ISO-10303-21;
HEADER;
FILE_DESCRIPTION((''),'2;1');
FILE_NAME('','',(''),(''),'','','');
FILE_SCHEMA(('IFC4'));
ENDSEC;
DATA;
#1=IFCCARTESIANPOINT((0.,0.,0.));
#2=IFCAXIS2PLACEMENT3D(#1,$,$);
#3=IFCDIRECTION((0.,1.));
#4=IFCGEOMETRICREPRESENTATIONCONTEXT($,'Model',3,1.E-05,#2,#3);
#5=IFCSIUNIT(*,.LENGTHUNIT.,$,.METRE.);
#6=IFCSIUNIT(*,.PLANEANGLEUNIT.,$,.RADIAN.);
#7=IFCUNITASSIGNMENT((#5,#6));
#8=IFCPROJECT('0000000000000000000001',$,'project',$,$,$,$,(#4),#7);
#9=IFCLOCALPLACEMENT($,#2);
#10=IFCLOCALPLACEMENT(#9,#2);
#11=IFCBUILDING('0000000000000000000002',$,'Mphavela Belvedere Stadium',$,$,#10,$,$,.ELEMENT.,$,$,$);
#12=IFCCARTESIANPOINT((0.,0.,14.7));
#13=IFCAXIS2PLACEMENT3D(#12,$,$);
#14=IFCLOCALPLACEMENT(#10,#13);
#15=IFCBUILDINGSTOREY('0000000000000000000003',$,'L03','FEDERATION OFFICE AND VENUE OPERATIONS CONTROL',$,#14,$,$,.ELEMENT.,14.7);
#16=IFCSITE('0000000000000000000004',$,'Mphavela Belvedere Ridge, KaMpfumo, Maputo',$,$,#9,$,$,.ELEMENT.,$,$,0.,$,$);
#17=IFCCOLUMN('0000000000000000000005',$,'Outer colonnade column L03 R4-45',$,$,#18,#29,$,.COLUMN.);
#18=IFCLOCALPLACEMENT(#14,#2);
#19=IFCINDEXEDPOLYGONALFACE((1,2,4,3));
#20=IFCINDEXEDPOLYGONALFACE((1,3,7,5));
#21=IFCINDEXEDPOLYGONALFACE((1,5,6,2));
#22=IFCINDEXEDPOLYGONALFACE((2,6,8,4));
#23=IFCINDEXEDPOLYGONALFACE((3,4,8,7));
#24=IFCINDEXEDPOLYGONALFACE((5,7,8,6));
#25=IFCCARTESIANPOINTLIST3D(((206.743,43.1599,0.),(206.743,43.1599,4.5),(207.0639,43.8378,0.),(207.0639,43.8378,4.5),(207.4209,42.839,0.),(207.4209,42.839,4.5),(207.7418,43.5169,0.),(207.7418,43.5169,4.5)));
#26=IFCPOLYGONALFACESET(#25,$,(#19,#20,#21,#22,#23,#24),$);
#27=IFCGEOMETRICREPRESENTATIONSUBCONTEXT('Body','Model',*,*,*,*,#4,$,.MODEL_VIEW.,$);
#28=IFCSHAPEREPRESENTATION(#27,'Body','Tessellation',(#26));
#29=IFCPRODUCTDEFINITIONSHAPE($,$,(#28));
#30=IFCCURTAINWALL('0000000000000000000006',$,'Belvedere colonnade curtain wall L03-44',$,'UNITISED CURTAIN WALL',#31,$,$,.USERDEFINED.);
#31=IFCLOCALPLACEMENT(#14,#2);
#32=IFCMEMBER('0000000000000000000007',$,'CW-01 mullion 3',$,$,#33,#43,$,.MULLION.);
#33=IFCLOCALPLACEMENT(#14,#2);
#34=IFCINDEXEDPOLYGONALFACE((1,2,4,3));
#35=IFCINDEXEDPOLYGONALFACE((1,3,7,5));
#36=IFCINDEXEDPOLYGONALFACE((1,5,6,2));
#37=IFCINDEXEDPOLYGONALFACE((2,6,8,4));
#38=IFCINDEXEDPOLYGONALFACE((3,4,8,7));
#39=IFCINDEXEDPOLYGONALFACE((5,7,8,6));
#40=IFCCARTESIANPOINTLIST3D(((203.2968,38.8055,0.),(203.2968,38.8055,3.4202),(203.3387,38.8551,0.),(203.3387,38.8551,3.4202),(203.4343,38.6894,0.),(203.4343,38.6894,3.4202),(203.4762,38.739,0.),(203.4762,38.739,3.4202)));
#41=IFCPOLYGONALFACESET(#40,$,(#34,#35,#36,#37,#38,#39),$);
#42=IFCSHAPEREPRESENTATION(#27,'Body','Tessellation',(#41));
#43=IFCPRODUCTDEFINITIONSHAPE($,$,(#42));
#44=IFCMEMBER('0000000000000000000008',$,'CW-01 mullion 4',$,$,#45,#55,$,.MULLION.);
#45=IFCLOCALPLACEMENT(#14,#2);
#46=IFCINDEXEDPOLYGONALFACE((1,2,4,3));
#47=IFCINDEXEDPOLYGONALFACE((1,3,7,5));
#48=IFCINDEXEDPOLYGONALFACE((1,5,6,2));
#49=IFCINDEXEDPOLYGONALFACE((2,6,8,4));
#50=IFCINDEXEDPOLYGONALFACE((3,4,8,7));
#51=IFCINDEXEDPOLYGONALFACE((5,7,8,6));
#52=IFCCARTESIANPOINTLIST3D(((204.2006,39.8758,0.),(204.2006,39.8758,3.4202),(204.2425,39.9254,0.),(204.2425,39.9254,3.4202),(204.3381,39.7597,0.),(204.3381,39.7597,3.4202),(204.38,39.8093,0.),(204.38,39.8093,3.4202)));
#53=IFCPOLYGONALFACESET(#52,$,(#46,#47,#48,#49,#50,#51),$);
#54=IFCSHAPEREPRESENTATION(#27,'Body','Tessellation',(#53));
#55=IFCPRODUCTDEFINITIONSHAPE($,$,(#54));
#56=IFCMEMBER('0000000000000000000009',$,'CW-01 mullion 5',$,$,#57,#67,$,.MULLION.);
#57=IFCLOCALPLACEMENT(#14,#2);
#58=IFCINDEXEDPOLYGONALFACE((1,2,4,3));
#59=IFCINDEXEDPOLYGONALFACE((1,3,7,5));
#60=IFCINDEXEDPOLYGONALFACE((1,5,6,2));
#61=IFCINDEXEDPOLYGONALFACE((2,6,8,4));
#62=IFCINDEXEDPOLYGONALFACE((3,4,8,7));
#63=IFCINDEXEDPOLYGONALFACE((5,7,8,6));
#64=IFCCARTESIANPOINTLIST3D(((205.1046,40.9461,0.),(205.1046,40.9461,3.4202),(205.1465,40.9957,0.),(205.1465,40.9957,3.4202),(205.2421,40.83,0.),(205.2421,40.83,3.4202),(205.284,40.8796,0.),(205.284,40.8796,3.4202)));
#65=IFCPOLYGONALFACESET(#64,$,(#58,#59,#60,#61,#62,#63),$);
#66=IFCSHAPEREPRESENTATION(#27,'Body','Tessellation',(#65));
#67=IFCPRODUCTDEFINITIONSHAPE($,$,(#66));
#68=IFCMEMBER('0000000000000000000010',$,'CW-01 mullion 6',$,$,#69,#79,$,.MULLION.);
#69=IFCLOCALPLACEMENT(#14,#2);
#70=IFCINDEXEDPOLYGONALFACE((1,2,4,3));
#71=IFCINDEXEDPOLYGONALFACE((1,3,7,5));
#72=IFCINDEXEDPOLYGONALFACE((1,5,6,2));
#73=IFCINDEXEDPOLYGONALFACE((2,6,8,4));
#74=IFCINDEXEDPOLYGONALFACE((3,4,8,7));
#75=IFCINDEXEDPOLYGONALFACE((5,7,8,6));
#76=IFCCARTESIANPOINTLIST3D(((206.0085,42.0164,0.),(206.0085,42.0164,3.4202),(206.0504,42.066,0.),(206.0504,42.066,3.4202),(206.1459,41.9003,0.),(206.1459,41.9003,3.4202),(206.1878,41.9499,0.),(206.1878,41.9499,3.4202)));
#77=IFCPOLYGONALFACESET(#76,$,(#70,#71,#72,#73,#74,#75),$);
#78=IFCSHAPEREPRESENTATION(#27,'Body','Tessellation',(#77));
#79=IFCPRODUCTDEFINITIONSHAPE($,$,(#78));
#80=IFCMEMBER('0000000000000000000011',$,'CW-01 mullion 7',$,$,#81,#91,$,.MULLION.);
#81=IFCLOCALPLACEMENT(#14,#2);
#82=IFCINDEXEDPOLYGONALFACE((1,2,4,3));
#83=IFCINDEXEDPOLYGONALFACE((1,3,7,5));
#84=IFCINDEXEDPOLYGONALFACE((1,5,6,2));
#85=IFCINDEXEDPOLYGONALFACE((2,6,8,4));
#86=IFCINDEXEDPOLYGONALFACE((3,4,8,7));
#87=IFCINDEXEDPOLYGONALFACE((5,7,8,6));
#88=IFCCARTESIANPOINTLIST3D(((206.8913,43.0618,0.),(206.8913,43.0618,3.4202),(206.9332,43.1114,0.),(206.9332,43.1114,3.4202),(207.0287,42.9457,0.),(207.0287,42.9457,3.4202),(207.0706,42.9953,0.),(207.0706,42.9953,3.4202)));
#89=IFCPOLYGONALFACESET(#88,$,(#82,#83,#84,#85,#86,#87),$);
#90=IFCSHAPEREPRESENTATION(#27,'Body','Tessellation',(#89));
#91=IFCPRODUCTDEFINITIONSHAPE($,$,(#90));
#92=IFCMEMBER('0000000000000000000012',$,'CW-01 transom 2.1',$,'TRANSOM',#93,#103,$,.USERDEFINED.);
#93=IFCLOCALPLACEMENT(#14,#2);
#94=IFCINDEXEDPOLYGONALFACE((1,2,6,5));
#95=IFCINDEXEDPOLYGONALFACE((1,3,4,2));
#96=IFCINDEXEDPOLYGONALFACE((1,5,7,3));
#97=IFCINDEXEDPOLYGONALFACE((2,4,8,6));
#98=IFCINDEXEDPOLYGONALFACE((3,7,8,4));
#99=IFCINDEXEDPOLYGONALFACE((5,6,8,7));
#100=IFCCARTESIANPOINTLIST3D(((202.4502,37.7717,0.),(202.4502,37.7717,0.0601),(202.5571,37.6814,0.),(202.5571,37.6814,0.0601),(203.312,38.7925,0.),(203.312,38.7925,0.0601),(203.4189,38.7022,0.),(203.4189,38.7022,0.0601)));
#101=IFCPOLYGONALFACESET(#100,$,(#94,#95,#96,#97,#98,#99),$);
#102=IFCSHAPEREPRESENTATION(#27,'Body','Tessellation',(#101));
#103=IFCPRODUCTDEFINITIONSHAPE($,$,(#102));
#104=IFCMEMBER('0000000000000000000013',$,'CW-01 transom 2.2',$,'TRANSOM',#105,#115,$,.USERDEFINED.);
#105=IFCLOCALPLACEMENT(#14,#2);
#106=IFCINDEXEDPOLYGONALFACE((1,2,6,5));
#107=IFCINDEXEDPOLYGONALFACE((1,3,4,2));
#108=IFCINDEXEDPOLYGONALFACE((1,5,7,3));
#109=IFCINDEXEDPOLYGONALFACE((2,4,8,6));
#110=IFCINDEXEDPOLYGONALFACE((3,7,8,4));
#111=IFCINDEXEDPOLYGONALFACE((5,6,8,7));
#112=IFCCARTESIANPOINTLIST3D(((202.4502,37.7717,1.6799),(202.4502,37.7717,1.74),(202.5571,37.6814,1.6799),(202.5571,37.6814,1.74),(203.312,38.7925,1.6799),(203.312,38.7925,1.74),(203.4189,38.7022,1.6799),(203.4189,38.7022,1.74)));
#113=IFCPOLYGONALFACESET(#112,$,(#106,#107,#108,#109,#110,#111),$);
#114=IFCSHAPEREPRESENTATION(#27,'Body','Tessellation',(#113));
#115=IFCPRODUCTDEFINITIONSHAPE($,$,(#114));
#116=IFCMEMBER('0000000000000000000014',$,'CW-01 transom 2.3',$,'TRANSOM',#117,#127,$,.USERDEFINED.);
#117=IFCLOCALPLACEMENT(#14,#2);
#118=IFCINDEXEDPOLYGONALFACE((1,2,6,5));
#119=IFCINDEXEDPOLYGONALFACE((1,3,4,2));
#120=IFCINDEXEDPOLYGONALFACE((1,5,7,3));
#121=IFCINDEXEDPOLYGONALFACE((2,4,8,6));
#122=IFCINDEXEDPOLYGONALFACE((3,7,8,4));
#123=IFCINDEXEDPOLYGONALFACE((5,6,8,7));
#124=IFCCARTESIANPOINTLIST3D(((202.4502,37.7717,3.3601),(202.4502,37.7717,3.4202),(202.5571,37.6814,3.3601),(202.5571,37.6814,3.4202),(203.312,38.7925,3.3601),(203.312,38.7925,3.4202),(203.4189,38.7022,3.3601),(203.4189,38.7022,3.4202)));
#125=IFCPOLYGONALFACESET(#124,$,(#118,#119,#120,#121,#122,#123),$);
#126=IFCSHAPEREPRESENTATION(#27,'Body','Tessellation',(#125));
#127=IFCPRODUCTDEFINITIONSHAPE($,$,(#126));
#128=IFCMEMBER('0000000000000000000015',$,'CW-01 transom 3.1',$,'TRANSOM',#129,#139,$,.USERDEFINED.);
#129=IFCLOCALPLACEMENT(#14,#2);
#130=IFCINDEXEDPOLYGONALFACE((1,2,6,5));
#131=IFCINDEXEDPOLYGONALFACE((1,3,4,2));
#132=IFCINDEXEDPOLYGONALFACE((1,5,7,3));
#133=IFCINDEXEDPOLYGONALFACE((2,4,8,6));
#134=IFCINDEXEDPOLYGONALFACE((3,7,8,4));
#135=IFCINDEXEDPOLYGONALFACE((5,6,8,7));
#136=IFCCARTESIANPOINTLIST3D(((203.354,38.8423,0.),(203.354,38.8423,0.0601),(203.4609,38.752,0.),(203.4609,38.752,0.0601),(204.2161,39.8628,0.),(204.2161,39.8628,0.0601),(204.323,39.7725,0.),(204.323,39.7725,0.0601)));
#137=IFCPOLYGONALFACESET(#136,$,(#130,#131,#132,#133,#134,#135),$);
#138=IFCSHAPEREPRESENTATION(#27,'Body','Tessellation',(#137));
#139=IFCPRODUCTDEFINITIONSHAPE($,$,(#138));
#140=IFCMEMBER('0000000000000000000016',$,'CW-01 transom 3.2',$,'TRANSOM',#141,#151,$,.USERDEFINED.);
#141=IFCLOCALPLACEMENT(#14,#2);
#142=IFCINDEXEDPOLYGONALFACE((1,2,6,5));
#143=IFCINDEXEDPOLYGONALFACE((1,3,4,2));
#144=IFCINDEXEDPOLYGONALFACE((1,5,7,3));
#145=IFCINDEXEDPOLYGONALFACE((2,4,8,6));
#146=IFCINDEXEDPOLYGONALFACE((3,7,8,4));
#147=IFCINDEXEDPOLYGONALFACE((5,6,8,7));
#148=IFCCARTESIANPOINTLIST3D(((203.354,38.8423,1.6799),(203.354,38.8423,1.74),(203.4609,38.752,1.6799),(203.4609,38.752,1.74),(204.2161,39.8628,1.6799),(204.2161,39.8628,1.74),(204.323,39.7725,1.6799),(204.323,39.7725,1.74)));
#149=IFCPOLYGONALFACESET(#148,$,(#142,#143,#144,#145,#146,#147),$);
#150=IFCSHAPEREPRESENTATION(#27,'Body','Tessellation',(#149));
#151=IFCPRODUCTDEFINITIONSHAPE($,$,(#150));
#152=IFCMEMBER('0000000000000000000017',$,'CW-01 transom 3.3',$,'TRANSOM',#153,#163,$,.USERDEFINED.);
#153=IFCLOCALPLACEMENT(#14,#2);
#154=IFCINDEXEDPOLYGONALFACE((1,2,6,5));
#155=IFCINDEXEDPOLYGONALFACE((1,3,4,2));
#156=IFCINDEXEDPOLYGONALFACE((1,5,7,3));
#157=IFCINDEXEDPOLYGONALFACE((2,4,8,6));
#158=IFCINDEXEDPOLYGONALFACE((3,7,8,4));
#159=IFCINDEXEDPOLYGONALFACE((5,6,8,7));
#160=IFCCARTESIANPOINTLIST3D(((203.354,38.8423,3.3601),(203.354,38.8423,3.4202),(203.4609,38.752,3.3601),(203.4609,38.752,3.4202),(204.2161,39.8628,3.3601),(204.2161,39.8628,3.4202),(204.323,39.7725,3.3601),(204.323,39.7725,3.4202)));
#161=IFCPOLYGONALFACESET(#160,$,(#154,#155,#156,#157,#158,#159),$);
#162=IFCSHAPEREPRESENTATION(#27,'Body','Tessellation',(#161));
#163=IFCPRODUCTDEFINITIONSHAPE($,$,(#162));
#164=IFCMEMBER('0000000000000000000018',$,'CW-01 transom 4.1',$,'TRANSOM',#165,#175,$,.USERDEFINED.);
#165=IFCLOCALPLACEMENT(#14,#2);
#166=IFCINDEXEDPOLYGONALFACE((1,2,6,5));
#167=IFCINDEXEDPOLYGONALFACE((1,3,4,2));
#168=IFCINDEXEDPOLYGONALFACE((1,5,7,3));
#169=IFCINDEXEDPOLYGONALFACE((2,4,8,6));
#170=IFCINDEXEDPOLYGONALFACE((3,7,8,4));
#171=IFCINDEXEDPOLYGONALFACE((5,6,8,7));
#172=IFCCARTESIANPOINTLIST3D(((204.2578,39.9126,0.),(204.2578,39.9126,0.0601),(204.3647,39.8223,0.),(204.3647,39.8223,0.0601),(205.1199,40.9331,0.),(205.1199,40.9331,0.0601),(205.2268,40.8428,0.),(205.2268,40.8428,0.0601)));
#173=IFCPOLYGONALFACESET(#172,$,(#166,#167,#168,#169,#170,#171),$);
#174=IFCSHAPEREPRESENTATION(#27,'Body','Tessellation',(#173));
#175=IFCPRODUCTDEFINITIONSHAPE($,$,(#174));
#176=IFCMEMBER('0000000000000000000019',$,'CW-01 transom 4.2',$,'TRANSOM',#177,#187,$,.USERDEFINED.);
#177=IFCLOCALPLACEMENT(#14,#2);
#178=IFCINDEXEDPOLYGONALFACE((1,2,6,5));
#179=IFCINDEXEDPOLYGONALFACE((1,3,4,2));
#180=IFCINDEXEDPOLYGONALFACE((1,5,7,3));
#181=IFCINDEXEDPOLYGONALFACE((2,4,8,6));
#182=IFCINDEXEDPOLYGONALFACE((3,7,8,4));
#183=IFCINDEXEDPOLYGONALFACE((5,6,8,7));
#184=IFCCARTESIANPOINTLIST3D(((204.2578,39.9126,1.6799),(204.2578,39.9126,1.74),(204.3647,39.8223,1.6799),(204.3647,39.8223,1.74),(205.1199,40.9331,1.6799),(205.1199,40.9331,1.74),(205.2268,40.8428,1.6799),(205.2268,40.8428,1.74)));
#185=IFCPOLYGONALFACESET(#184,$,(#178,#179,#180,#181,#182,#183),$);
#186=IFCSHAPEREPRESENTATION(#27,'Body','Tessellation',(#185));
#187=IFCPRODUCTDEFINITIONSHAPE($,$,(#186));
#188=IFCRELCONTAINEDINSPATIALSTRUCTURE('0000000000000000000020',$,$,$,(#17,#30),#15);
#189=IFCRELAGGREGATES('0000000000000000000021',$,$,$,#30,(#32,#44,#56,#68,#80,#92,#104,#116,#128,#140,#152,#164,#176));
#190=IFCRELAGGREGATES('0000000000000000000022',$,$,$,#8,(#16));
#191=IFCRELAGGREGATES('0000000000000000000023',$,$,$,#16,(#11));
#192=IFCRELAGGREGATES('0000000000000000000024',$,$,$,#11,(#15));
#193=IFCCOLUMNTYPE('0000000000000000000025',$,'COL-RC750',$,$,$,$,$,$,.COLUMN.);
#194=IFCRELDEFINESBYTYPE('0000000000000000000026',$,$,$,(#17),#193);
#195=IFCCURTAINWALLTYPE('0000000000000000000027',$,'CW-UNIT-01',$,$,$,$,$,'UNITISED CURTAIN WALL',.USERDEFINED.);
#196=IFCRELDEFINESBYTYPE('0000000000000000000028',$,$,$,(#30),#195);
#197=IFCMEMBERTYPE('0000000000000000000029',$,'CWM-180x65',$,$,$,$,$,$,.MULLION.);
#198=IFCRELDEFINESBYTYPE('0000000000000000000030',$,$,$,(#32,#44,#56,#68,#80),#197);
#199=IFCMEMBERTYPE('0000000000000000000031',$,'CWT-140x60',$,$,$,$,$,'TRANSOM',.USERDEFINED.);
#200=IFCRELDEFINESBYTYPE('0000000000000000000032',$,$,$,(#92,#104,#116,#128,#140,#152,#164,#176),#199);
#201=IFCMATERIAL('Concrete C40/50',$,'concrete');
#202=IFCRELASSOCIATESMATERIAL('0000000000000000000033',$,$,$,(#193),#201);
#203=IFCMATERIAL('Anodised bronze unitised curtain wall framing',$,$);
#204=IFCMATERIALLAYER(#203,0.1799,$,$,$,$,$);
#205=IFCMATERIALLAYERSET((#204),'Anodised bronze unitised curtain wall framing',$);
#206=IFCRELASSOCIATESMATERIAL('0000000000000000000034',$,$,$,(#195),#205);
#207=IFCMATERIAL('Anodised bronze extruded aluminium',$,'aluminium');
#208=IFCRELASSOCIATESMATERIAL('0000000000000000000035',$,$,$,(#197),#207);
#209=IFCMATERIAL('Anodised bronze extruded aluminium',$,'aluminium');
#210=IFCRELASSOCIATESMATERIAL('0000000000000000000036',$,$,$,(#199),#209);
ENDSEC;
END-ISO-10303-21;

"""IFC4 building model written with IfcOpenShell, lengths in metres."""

from ifc_helpers import new_model, si_unit, direction, frame, origin, origin_2d, place, context, subcontext, project, spatial, rectangle, extrude, material, layer, layer_set, material_profile, profile_set, type_object, element, aggregate, save


model = new_model("IFC4")

# Units and contexts
model_context = context("Model", 3, precision=1e-05, world=origin(), true_north=direction((0.0, 1.0)))
body_context = subcontext(model_context, "Body", "Model", "MODEL_VIEW")
ifc_project = project(units=[si_unit("LENGTHUNIT", "METRE"), si_unit("PLANEANGLEUNIT", "RADIAN")], contexts=[model_context])

# Site, building, storey
site_placement = place(None, origin())
site = spatial("IfcSite", under=ifc_project, at=site_placement, Name="Mphavela Belvedere Ridge, KaMpfumo, Maputo", CompositionType="ELEMENT", RefElevation=0.0)
building_placement = place(site_placement, origin())
building = spatial("IfcBuilding", under=site, at=building_placement, Name="Mphavela Belvedere Stadium", CompositionType="ELEMENT")
storey_placement = place(building_placement, frame((0.0, 0.0, 14.7)))
storey = spatial("IfcBuildingStorey", under=building, at=storey_placement, Name="L03", Description="FEDERATION OFFICE AND VENUE OPERATIONS CONTROL", CompositionType="ELEMENT", Elevation=14.7)

# Column
ifc_material_1 = material(Name="Concrete C40/50", Category="concrete")
ifc_material_profile_1 = material_profile(ifc_material_1, rectangle(XDim=0.75, YDim=0.75, at=origin_2d()), Name="RC 750x750")
ifc_profile_set_1 = profile_set([ifc_material_profile_1], Name="Concrete C40/50")
column_type = type_object("IfcColumnType", Name="COL-RC750", PredefinedType="COLUMN", material=ifc_profile_set_1)
column_placement = place(storey_placement, frame((207.2424, 43.3384, 0.0), z_axis=(0.0, 0.0, 1.0), x_axis=(0.903859, -0.427831, 0.0)))
element("IfcColumn", 1, at=column_placement, inside=storey, type_object=column_type, Name="Outer colonnade column L03 R4-45", PredefinedType="COLUMN", context=body_context, shape_type="SweptSolid", body=[
    extrude(rectangle(XDim=0.75, YDim=0.75, at=origin_2d()), origin(), (0.0, 0.0, 1.0), 4.5),
])

# Curtain wall, members
ifc_material_2 = material(Name="Anodised bronze unitised curtain wall framing")
ifc_layer_1 = layer(ifc_material_2, 0.1799)
ifc_layer_set_1 = layer_set([ifc_layer_1], Name="Anodised bronze unitised curtain wall framing")
curtain_wall_type = type_object("IfcCurtainWallType", Name="CW-UNIT-01", ElementType="UNITISED CURTAIN WALL", PredefinedType="USERDEFINED", material=ifc_layer_set_1)
curtain_wall_placement = place(storey_placement, origin())
curtain_wall = element("IfcCurtainWall", 2, at=curtain_wall_placement, inside=storey, type_object=curtain_wall_type, Name="Belvedere colonnade curtain wall L03-44", ObjectType="UNITISED CURTAIN WALL", PredefinedType="USERDEFINED")
ifc_material_3 = material(Name="Anodised bronze extruded aluminium", Category="aluminium")
ifc_material_profile_2 = material_profile(ifc_material_3, rectangle(XDim=0.1799, YDim=0.0649, at=origin_2d()), Name="CW-MUL 180x65")
ifc_profile_set_2 = profile_set([ifc_material_profile_2], Name="Anodised bronze extruded aluminium")
member_type_1 = type_object("IfcMemberType", Name="CWM-180x65", PredefinedType="MULLION", material=ifc_profile_set_2)
member_1_placement = place(storey_placement, frame((203.3865, 38.7722, 0.0), z_axis=(0.0, 0.0, 1.0), x_axis=(-0.764031, 0.645179, 0.0)))
member_1 = element("IfcMember", 3, at=member_1_placement, type_object=member_type_1, Name="CW-01 mullion 3", PredefinedType="MULLION", context=body_context, shape_type="SweptSolid", body=[
    extrude(rectangle(XDim=0.1799, YDim=0.0649, at=origin_2d()), origin(), (0.0, 0.0, 1.0), 3.4202),
])
member_2_placement = place(storey_placement, frame((204.2903, 39.8425, 0.0), z_axis=(0.0, 0.0, 1.0), x_axis=(-0.764031, 0.645179, 0.0)))
member_2 = element("IfcMember", 4, at=member_2_placement, type_object=member_type_1, Name="CW-01 mullion 4", PredefinedType="MULLION", context=body_context, shape_type="SweptSolid", body=[
    extrude(rectangle(XDim=0.1799, YDim=0.0649, at=origin_2d()), origin(), (0.0, 0.0, 1.0), 3.4202),
])
member_3_placement = place(storey_placement, frame((205.1943, 40.9128, 0.0), z_axis=(0.0, 0.0, 1.0), x_axis=(-0.764031, 0.645179, 0.0)))
member_3 = element("IfcMember", 5, at=member_3_placement, type_object=member_type_1, Name="CW-01 mullion 5", PredefinedType="MULLION", context=body_context, shape_type="SweptSolid", body=[
    extrude(rectangle(XDim=0.1799, YDim=0.0649, at=origin_2d()), origin(), (0.0, 0.0, 1.0), 3.4202),
])
member_4_placement = place(storey_placement, frame((206.0981, 41.9832, 0.0), z_axis=(0.0, 0.0, 1.0), x_axis=(-0.764031, 0.645179, 0.0)))
member_4 = element("IfcMember", 6, at=member_4_placement, type_object=member_type_1, Name="CW-01 mullion 6", PredefinedType="MULLION", context=body_context, shape_type="SweptSolid", body=[
    extrude(rectangle(XDim=0.1799, YDim=0.0649, at=origin_2d()), origin(), (0.0, 0.0, 1.0), 3.4202),
])
member_5_placement = place(storey_placement, frame((206.981, 43.0286, 0.0), z_axis=(0.0, 0.0, 1.0), x_axis=(-0.764031, 0.645179, 0.0)))
member_5 = element("IfcMember", 7, at=member_5_placement, type_object=member_type_1, Name="CW-01 mullion 7", PredefinedType="MULLION", context=body_context, shape_type="SweptSolid", body=[
    extrude(rectangle(XDim=0.1799, YDim=0.0649, at=origin_2d()), origin(), (0.0, 0.0, 1.0), 3.4202),
])
ifc_material_4 = material(Name="Anodised bronze extruded aluminium", Category="aluminium")
ifc_material_profile_3 = material_profile(ifc_material_4, rectangle(XDim=0.1399, YDim=0.0601, at=origin_2d()), Name="CW-TRN 140x60")
ifc_profile_set_3 = profile_set([ifc_material_profile_3], Name="Anodised bronze extruded aluminium")
member_type_2 = type_object("IfcMemberType", Name="CWT-140x60", ElementType="TRANSOM", PredefinedType="USERDEFINED", material=ifc_profile_set_3)
member_6_placement = place(storey_placement, frame((202.5037, 37.7266, 0.03), z_axis=(0.645114, 0.764086, 0.0), x_axis=(-0.764086, 0.645114, 0.0)))
member_6 = element("IfcMember", 8, at=member_6_placement, type_object=member_type_2, Name="CW-01 transom 2.1", ObjectType="TRANSOM", PredefinedType="USERDEFINED", context=body_context, shape_type="SweptSolid", body=[
    extrude(rectangle(XDim=0.1399, YDim=0.0601, at=origin_2d()), origin(), (0.0, 0.0, 1.0), 1.3359),
])
member_7_placement = place(storey_placement, frame((202.5037, 37.7266, 1.71), z_axis=(0.645114, 0.764086, 0.0), x_axis=(-0.764086, 0.645114, 0.0)))
member_7 = element("IfcMember", 9, at=member_7_placement, type_object=member_type_2, Name="CW-01 transom 2.2", ObjectType="TRANSOM", PredefinedType="USERDEFINED", context=body_context, shape_type="SweptSolid", body=[
    extrude(rectangle(XDim=0.1399, YDim=0.0601, at=origin_2d()), origin(), (0.0, 0.0, 1.0), 1.3359),
])
member_8_placement = place(storey_placement, frame((202.5037, 37.7266, 3.3901), z_axis=(0.645114, 0.764086, 0.0), x_axis=(-0.764086, 0.645114, 0.0)))
member_8 = element("IfcMember", 10, at=member_8_placement, type_object=member_type_2, Name="CW-01 transom 2.3", ObjectType="TRANSOM", PredefinedType="USERDEFINED", context=body_context, shape_type="SweptSolid", body=[
    extrude(rectangle(XDim=0.1399, YDim=0.0601, at=origin_2d()), origin(), (0.0, 0.0, 1.0), 1.3359),
])
member_9_placement = place(storey_placement, frame((203.4075, 38.7971, 0.03), z_axis=(0.645311, 0.76392, 0.0), x_axis=(-0.76392, 0.645311, 0.0)))
member_9 = element("IfcMember", 11, at=member_9_placement, type_object=member_type_2, Name="CW-01 transom 3.1", ObjectType="TRANSOM", PredefinedType="USERDEFINED", context=body_context, shape_type="SweptSolid", body=[
    extrude(rectangle(XDim=0.1399, YDim=0.0601, at=origin_2d()), origin(), (0.0, 0.0, 1.0), 1.3359),
])
member_10_placement = place(storey_placement, frame((203.4075, 38.7971, 1.71), z_axis=(0.645311, 0.76392, 0.0), x_axis=(-0.76392, 0.645311, 0.0)))
member_10 = element("IfcMember", 12, at=member_10_placement, type_object=member_type_2, Name="CW-01 transom 3.2", ObjectType="TRANSOM", PredefinedType="USERDEFINED", context=body_context, shape_type="SweptSolid", body=[
    extrude(rectangle(XDim=0.1399, YDim=0.0601, at=origin_2d()), origin(), (0.0, 0.0, 1.0), 1.3359),
])
member_11_placement = place(storey_placement, frame((203.4075, 38.7971, 3.3901), z_axis=(0.645311, 0.76392, 0.0), x_axis=(-0.76392, 0.645311, 0.0)))
member_11 = element("IfcMember", 13, at=member_11_placement, type_object=member_type_2, Name="CW-01 transom 3.3", ObjectType="TRANSOM", PredefinedType="USERDEFINED", context=body_context, shape_type="SweptSolid", body=[
    extrude(rectangle(XDim=0.1399, YDim=0.0601, at=origin_2d()), origin(), (0.0, 0.0, 1.0), 1.3359),
])
member_12_placement = place(storey_placement, frame((204.3113, 39.8674, 0.03), z_axis=(0.645311, 0.76392, 0.0), x_axis=(-0.76392, 0.645311, 0.0)))
member_12 = element("IfcMember", 14, at=member_12_placement, type_object=member_type_2, Name="CW-01 transom 4.1", ObjectType="TRANSOM", PredefinedType="USERDEFINED", context=body_context, shape_type="SweptSolid", body=[
    extrude(rectangle(XDim=0.1399, YDim=0.0601, at=origin_2d()), origin(), (0.0, 0.0, 1.0), 1.3359),
])
member_13_placement = place(storey_placement, frame((204.3113, 39.8674, 1.71), z_axis=(0.645311, 0.76392, 0.0), x_axis=(-0.76392, 0.645311, 0.0)))
member_13 = element("IfcMember", 15, at=member_13_placement, type_object=member_type_2, Name="CW-01 transom 4.2", ObjectType="TRANSOM", PredefinedType="USERDEFINED", context=body_context, shape_type="SweptSolid", body=[
    extrude(rectangle(XDim=0.1399, YDim=0.0601, at=origin_2d()), origin(), (0.0, 0.0, 1.0), 1.3359),
])
aggregate(curtain_wall, [member_1, member_2, member_3, member_4, member_5, member_6, member_7, member_8, member_9, member_10, member_11, member_12, member_13])

save(model, "model.ifc")
